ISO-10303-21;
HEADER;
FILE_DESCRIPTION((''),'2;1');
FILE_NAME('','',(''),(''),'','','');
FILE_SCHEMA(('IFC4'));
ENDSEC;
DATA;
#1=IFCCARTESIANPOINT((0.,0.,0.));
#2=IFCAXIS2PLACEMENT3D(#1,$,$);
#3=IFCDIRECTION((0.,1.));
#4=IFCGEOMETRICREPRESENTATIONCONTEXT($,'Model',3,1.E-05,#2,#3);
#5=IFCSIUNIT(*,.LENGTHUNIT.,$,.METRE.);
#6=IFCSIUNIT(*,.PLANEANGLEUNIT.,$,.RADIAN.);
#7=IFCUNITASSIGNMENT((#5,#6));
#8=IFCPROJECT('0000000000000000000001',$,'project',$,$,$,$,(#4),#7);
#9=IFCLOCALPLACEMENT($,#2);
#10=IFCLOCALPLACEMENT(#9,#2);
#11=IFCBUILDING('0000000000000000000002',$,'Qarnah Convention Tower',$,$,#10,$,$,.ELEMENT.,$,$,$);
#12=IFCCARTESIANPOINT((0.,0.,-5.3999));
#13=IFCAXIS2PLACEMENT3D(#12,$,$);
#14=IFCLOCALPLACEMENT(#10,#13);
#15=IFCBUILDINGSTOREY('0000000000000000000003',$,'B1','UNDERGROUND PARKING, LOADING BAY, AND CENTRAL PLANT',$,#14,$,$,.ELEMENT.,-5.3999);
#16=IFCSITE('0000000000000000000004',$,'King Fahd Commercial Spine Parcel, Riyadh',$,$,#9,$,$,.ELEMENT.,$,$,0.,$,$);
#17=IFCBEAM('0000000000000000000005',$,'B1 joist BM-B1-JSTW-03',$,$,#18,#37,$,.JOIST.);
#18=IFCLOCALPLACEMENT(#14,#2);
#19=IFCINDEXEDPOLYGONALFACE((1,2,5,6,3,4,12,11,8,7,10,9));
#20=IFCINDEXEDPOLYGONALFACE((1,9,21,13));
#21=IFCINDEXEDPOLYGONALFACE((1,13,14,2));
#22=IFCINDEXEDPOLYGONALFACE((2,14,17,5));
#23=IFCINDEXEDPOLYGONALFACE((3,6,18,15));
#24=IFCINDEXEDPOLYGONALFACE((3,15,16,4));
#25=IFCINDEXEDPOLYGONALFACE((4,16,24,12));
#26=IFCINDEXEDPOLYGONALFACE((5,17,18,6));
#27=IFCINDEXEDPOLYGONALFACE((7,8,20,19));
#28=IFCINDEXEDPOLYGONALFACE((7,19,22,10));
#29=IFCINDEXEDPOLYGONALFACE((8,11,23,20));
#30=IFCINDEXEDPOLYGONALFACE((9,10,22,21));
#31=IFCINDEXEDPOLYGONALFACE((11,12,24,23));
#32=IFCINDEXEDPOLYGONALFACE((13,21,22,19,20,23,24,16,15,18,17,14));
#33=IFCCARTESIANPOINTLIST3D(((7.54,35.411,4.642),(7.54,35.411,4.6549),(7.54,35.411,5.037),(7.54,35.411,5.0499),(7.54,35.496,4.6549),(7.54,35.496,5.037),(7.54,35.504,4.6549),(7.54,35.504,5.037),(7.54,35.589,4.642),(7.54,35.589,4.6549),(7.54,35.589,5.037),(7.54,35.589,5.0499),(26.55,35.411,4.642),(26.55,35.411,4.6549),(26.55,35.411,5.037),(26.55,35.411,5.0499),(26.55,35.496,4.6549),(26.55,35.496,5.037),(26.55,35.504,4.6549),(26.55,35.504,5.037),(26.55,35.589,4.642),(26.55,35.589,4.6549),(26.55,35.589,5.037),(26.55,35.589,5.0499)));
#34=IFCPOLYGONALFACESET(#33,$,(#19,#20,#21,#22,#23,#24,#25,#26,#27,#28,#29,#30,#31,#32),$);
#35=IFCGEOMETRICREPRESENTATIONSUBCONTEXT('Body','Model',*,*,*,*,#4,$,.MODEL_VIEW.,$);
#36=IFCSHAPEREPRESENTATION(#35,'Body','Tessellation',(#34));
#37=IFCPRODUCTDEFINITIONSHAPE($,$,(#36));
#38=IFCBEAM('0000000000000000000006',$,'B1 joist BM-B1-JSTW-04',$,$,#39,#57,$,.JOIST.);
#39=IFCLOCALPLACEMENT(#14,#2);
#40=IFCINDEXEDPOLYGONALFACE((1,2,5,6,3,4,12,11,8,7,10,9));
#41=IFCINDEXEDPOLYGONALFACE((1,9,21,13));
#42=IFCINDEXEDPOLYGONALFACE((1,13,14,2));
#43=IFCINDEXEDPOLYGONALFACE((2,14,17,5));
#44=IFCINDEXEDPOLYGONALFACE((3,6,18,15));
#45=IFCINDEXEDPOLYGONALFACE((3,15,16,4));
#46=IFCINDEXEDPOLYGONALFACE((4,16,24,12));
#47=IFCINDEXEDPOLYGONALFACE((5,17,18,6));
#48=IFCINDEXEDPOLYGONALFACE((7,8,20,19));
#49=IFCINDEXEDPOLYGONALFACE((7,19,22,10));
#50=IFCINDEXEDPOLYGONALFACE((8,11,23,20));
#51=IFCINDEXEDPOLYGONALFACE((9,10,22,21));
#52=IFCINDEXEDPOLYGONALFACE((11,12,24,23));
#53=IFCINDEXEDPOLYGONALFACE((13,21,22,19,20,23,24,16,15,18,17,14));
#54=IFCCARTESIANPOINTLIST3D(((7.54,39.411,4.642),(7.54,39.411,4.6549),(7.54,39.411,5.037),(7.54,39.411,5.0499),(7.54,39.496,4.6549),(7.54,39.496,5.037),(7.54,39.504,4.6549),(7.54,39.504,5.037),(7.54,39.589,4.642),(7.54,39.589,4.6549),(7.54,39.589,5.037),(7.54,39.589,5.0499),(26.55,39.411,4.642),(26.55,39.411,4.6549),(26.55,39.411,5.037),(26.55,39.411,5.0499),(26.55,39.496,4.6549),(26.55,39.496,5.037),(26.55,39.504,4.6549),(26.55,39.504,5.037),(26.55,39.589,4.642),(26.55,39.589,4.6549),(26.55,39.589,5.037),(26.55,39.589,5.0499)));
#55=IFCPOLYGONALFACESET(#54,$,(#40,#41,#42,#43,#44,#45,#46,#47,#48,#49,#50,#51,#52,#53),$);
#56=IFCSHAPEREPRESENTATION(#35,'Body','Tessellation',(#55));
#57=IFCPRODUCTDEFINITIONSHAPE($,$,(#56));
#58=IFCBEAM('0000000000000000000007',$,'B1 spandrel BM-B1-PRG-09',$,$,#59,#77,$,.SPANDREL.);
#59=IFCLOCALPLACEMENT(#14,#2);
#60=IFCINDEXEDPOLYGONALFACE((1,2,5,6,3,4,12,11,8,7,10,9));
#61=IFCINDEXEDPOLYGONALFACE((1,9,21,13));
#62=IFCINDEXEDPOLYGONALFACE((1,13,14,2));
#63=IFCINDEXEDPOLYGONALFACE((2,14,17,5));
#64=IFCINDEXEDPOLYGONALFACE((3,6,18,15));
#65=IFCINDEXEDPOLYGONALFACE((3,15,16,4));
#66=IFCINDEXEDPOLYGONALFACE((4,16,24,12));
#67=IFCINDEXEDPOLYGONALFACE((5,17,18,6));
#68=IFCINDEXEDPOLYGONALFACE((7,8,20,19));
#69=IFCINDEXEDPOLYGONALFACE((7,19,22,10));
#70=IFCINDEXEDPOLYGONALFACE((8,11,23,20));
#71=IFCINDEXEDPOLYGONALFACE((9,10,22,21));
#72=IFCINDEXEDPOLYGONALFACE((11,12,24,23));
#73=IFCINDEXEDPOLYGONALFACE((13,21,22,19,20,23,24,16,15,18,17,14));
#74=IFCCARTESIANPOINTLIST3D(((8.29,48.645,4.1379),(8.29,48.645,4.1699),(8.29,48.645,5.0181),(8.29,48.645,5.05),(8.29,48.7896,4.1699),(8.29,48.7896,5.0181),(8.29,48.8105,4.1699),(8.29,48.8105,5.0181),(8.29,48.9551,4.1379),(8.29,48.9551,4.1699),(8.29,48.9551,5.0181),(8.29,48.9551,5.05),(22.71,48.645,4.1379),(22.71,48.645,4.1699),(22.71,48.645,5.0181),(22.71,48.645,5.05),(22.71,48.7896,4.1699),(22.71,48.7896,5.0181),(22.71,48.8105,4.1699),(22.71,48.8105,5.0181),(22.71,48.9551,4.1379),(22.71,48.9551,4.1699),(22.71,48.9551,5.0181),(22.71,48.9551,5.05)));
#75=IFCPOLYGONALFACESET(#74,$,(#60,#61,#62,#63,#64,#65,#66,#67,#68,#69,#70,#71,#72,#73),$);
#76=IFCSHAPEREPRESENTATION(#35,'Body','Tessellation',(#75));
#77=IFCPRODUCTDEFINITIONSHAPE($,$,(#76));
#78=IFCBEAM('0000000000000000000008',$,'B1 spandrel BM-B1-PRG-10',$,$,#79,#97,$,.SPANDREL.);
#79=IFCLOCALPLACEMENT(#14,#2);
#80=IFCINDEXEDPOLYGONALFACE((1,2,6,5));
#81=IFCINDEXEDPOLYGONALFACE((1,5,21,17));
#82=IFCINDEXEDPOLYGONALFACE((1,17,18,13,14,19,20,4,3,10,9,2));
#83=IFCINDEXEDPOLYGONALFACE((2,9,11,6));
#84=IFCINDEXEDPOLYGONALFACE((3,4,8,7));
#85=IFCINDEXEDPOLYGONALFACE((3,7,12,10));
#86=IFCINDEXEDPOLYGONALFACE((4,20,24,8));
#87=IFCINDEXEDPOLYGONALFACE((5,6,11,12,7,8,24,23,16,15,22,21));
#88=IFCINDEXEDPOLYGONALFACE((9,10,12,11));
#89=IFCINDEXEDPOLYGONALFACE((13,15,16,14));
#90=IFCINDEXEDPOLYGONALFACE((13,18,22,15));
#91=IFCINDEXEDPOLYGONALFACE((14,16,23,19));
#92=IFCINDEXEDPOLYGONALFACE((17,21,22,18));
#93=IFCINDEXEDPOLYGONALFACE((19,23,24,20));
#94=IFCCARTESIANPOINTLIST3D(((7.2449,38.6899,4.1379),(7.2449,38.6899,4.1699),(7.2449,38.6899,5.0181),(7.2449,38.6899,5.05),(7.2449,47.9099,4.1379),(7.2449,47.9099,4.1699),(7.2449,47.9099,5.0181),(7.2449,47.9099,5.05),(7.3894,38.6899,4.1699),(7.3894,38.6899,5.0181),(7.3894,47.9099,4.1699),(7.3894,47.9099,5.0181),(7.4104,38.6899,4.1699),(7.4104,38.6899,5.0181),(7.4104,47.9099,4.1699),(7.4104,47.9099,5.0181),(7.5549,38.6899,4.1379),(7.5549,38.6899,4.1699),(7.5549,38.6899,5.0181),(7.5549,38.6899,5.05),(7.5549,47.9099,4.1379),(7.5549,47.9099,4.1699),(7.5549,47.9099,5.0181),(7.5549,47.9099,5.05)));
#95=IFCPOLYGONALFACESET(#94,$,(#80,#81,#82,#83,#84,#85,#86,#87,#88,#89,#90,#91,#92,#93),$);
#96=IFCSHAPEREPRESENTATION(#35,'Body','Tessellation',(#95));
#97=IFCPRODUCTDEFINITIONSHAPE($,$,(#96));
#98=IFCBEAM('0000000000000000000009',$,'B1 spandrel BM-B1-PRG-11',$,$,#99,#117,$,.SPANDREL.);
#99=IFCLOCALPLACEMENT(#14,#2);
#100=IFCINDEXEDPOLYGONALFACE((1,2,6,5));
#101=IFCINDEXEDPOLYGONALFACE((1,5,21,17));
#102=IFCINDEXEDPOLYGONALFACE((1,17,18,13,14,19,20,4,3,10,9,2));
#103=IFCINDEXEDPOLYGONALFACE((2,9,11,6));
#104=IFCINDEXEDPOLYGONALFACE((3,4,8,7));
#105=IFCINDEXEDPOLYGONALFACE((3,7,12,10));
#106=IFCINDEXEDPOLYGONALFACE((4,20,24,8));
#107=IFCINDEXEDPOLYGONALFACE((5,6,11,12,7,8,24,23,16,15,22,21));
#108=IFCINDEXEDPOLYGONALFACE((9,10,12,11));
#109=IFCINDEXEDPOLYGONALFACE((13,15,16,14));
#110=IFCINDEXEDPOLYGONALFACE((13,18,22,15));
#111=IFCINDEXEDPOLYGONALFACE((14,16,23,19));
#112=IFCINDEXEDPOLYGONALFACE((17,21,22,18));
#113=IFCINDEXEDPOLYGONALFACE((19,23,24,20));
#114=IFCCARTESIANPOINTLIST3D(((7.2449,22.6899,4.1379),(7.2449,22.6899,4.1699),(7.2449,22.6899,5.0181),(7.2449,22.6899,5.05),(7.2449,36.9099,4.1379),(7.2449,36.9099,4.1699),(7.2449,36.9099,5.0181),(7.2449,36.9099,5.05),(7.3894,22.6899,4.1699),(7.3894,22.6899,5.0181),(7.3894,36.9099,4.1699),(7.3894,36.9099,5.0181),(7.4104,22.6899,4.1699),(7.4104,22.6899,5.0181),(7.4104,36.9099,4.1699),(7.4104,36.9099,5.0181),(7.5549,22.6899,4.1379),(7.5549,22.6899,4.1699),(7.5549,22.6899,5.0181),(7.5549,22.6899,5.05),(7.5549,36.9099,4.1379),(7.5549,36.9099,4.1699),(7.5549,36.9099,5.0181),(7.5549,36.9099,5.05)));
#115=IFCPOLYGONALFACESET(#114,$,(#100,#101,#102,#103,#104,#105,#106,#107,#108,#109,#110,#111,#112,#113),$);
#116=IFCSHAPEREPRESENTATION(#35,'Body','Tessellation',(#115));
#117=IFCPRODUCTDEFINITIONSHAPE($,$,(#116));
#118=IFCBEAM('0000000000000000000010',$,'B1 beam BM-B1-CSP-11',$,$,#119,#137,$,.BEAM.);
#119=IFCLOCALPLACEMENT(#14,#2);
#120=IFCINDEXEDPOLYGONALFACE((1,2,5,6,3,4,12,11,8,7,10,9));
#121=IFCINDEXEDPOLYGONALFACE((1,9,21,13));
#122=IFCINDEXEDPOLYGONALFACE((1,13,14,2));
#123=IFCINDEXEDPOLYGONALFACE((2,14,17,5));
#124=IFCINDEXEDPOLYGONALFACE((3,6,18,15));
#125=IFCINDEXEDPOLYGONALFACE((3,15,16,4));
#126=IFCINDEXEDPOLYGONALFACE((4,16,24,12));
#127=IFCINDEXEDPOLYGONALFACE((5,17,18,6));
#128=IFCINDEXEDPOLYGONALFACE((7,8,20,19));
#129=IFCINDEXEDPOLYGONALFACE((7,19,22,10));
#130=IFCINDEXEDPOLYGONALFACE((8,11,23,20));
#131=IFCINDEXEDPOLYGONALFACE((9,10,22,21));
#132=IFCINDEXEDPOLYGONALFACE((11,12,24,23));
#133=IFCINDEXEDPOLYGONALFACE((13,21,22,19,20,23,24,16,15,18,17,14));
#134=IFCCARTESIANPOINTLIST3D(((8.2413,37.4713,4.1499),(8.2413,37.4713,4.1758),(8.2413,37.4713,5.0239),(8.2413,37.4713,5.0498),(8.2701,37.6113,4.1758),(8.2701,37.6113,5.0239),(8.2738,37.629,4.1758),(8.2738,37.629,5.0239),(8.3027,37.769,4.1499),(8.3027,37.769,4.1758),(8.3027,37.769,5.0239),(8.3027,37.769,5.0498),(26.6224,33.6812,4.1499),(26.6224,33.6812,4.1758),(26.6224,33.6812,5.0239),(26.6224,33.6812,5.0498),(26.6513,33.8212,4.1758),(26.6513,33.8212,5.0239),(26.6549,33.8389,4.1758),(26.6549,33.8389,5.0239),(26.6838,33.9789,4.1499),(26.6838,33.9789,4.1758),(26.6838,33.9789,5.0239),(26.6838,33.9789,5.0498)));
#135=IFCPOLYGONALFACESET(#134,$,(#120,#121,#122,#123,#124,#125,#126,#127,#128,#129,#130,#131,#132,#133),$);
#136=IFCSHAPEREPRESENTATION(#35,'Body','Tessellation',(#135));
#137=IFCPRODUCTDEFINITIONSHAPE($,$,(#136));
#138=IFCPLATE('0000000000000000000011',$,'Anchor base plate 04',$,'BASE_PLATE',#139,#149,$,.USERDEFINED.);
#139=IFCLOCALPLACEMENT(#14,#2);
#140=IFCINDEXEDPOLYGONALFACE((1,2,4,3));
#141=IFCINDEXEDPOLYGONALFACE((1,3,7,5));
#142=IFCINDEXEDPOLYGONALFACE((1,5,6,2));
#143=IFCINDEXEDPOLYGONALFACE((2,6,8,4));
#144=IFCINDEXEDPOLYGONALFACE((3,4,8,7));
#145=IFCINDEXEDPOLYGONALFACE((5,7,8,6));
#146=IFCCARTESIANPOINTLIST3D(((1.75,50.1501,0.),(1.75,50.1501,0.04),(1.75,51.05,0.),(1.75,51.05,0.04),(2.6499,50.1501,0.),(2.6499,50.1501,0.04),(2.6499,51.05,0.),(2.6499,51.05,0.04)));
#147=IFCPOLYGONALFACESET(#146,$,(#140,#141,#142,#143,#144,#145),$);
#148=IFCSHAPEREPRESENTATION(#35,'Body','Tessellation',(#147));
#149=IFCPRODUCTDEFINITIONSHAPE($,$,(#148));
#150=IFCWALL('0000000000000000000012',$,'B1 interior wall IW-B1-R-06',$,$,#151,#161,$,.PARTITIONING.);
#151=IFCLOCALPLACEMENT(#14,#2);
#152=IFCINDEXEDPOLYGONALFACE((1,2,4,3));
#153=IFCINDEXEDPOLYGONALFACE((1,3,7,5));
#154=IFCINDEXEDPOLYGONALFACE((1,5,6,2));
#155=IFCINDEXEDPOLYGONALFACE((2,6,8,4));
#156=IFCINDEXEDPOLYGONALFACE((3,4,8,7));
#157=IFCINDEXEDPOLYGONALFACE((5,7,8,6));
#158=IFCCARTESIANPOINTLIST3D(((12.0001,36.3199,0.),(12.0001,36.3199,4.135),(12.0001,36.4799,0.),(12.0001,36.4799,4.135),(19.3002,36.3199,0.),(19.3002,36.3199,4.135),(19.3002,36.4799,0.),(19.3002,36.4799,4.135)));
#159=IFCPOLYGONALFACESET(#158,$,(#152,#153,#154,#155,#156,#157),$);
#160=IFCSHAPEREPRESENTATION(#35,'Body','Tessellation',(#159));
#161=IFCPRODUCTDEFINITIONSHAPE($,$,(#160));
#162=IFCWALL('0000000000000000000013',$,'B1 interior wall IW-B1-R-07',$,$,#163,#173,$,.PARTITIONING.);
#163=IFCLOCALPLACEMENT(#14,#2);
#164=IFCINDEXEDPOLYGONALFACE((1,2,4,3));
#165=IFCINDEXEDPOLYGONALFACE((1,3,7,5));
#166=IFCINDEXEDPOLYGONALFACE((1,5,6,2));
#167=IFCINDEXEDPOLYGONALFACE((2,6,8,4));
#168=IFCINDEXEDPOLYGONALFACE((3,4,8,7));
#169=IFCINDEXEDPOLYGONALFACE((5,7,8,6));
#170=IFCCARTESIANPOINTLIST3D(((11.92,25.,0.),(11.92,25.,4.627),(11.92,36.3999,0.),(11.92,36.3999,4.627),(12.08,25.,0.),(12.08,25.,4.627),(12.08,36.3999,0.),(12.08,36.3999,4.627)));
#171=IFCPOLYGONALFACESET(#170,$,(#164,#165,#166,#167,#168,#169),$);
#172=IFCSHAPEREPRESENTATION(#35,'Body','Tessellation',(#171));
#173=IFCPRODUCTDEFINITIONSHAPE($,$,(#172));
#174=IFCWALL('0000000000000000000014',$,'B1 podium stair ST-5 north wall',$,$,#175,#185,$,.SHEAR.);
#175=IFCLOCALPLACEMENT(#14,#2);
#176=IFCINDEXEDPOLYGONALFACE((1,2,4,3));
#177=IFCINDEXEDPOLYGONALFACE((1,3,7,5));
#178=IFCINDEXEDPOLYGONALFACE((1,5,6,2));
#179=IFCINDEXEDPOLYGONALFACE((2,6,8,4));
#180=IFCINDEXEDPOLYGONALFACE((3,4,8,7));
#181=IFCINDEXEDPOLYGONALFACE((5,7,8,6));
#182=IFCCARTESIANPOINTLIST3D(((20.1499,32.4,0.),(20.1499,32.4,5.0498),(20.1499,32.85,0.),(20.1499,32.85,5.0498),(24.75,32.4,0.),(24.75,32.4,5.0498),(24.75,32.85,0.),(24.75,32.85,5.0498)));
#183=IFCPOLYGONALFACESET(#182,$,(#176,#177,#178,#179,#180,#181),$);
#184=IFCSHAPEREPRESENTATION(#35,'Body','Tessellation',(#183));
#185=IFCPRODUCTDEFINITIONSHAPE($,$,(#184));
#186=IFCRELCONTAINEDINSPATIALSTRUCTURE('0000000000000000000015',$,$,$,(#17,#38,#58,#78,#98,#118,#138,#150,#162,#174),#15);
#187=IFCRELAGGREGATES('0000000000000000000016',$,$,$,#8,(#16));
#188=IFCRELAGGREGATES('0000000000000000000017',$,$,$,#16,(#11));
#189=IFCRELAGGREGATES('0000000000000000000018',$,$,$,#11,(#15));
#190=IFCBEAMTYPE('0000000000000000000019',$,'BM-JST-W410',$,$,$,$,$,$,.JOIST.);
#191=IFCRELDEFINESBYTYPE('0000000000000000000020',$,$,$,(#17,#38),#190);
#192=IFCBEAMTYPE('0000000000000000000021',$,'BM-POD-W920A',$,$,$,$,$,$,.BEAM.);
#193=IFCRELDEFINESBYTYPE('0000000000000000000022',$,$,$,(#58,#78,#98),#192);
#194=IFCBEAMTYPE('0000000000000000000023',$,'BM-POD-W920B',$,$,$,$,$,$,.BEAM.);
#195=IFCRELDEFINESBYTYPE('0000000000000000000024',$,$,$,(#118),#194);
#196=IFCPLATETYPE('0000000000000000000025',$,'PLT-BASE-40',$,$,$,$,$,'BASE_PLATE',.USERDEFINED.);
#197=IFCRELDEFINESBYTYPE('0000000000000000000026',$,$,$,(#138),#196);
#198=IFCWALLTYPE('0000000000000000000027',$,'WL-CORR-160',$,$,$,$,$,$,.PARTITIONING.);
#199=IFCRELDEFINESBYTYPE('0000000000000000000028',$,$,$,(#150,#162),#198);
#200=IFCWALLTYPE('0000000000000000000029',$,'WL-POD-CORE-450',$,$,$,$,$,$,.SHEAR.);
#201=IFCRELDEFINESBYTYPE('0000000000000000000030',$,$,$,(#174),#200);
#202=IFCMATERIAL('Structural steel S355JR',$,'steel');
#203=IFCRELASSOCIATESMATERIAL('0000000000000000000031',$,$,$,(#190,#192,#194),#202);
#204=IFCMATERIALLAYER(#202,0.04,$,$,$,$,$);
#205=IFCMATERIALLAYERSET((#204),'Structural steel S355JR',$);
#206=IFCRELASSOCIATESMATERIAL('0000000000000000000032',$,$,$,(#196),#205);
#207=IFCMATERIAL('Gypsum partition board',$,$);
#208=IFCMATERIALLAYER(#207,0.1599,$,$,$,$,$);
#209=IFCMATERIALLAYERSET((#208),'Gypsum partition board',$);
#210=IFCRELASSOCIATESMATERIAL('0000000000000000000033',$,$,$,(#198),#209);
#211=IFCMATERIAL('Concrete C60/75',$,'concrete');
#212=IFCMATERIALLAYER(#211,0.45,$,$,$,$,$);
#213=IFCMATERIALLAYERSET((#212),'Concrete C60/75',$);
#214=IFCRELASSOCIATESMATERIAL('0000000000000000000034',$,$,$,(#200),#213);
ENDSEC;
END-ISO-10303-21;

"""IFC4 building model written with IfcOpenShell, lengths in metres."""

from ifc_helpers import new_model, si_unit, direction, frame, frame_2d, origin, origin_2d, place, context, subcontext, project, spatial, rectangle, i_section, extrude, material, layer, layer_set, material_profile, profile_set, type_object, element, save


model = new_model("IFC4")

# Units and contexts
model_context = context("Model", 3, precision=1e-05, world=origin(), true_north=direction((0.0, 1.0)))
body_context = subcontext(model_context, "Body", "Model", "MODEL_VIEW")
ifc_project = project(units=[si_unit("LENGTHUNIT", "METRE"), si_unit("PLANEANGLEUNIT", "RADIAN")], contexts=[model_context])

# Site, building, storey
site_placement = place(None, origin())
site = spatial("IfcSite", under=ifc_project, at=site_placement, Name="King Fahd Commercial Spine Parcel, Riyadh", CompositionType="ELEMENT", RefElevation=0.0)
building_placement = place(site_placement, origin())
building = spatial("IfcBuilding", under=site, at=building_placement, Name="Qarnah Convention Tower", CompositionType="ELEMENT")
storey_placement = place(building_placement, frame((0.0, 0.0, -5.3999)))
storey = spatial("IfcBuildingStorey", under=building, at=storey_placement, Name="B1", Description="UNDERGROUND PARKING, LOADING BAY, AND CENTRAL PLANT", CompositionType="ELEMENT", Elevation=-5.3999)

# Shared definitions
ifc_material_1 = material(Name="Concrete C60/75", Category="concrete")

# Beams
ifc_material_2 = material(Name="Structural steel S355JR", Category="steel")
ifc_material_profile_1 = material_profile(ifc_material_2, i_section(OverallWidth=0.178, OverallDepth=0.408, WebThickness=0.0081, FlangeThickness=0.0129, at=origin_2d()), Name="W410X60")
ifc_profile_set_1 = profile_set([ifc_material_profile_1], Name="Structural steel S355JR")
beam_type_1 = type_object("IfcBeamType", Name="BM-JST-W410", PredefinedType="JOIST", material=ifc_profile_set_1)
for number, where, z_axis, x_axis, name in (
    (1, (7.54, 35.5, 4.8459), (1.0, 0.0, 0.0), (0.0, 1.0, 0.0), "B1 joist BM-B1-JSTW-03"),
    (2, (7.54, 39.5, 4.8459), (1.0, 0.0, 0.0), (0.0, 1.0, 0.0), "B1 joist BM-B1-JSTW-04"),
):
    element("IfcBeam", number, at=place(storey_placement, frame(where, z_axis=z_axis, x_axis=x_axis)), inside=storey, type_object=beam_type_1, Name=name, PredefinedType="JOIST", context=body_context, shape_type="SweptSolid", body=[
        extrude(i_section(OverallWidth=0.178, OverallDepth=0.408, WebThickness=0.0081, FlangeThickness=0.0129, at=origin_2d()), origin(), (0.0, 0.0, 1.0), 19.01),
    ])
ifc_material_profile_2 = material_profile(ifc_material_2, i_section(OverallWidth=0.3101, OverallDepth=0.9121, WebThickness=0.021, FlangeThickness=0.032, at=origin_2d()), Name="W920X342")
ifc_profile_set_2 = profile_set([ifc_material_profile_2], Name="Structural steel S355JR")
beam_type_2 = type_object("IfcBeamType", Name="BM-POD-W920A", PredefinedType="BEAM", material=ifc_profile_set_2)
beam_1_placement = place(storey_placement, frame((22.71, 48.8, 4.594), z_axis=(-1.0, 0.0, 0.0), x_axis=(0.0, -1.0, 0.0)))
element("IfcBeam", 3, at=beam_1_placement, inside=storey, type_object=beam_type_2, Name="B1 spandrel BM-B1-PRG-09", PredefinedType="SPANDREL", context=body_context, shape_type="SweptSolid", body=[
    extrude(i_section(OverallWidth=0.3101, OverallDepth=0.9121, WebThickness=0.021, FlangeThickness=0.032, at=origin_2d()), origin(), (0.0, 0.0, 1.0), 14.4199),
])
beam_2_placement = place(storey_placement, frame((7.3999, 47.9099, 4.594), z_axis=(0.0, -1.0, 0.0), x_axis=(1.0, 0.0, 0.0)))
element("IfcBeam", 4, at=beam_2_placement, inside=storey, type_object=beam_type_2, Name="B1 spandrel BM-B1-PRG-10", PredefinedType="SPANDREL", context=body_context, shape_type="SweptSolid", body=[
    extrude(i_section(OverallWidth=0.3101, OverallDepth=0.9121, WebThickness=0.021, FlangeThickness=0.032, at=origin_2d()), origin(), (0.0, 0.0, 1.0), 9.22),
])
beam_3_placement = place(storey_placement, frame((7.3999, 36.9099, 4.594), z_axis=(0.0, -1.0, 0.0), x_axis=(1.0, 0.0, 0.0)))
element("IfcBeam", 5, at=beam_3_placement, inside=storey, type_object=beam_type_2, Name="B1 spandrel BM-B1-PRG-11", PredefinedType="SPANDREL", context=body_context, shape_type="SweptSolid", body=[
    extrude(i_section(OverallWidth=0.3101, OverallDepth=0.9121, WebThickness=0.021, FlangeThickness=0.032, at=origin_2d()), origin(), (0.0, 0.0, 1.0), 14.22),
])
ifc_material_profile_3 = material_profile(ifc_material_2, i_section(OverallWidth=0.304, OverallDepth=0.8999, WebThickness=0.0181, FlangeThickness=0.0259, at=origin_2d()), Name="W920X271")
ifc_profile_set_3 = profile_set([ifc_material_profile_3], Name="Structural steel S355JR")
beam_type_3 = type_object("IfcBeamType", Name="BM-POD-W920B", PredefinedType="BEAM", material=ifc_profile_set_3)
beam_4_placement = place(storey_placement, frame((8.272, 37.6201, 4.5999), z_axis=(0.979397, -0.201944, 0.0), x_axis=(0.201944, 0.979397, 0.0)))
element("IfcBeam", 6, at=beam_4_placement, inside=storey, type_object=beam_type_3, Name="B1 beam BM-B1-CSP-11", PredefinedType="BEAM", context=body_context, shape_type="SweptSolid", body=[
    extrude(i_section(OverallWidth=0.304, OverallDepth=0.8999, WebThickness=0.0181, FlangeThickness=0.0259, at=origin_2d()), origin(), (0.0, 0.0, 1.0), 18.7678),
])

# Plate
ifc_layer_1 = layer(ifc_material_2, 0.04)
ifc_layer_set_1 = layer_set([ifc_layer_1], Name="Structural steel S355JR")
plate_type = type_object("IfcPlateType", Name="PLT-BASE-40", ElementType="BASE_PLATE", PredefinedType="USERDEFINED", material=ifc_layer_set_1)
plate_placement = place(storey_placement, frame((2.2, 50.6001, 0.0), z_axis=(0.0, 0.0, 1.0), x_axis=(1.0, 0.0, 0.0)))
element("IfcPlate", 7, at=plate_placement, inside=storey, type_object=plate_type, Name="Anchor base plate 04", ObjectType="BASE_PLATE", PredefinedType="USERDEFINED", context=body_context, shape_type="SweptSolid", body=[
    extrude(rectangle(XDim=0.8999, YDim=0.8999, at=origin_2d()), origin(), (0.0, 0.0, 1.0), 0.04),
])

# Walls
ifc_material_3 = material(Name="Gypsum partition board")
ifc_layer_2 = layer(ifc_material_3, 0.1599)
ifc_layer_set_2 = layer_set([ifc_layer_2], Name="Gypsum partition board")
wall_type_1 = type_object("IfcWallType", Name="WL-CORR-160", PredefinedType="PARTITIONING", material=ifc_layer_set_2)
wall_1_placement = place(storey_placement, frame((19.3, 36.3999, 0.0), z_axis=(0.0, 0.0, 1.0), x_axis=(-1.0, 0.0, 0.0)))
element("IfcWall", 8, at=wall_1_placement, inside=storey, type_object=wall_type_1, Name="B1 interior wall IW-B1-R-06", PredefinedType="PARTITIONING", context=body_context, shape_type="SweptSolid", body=[
    extrude(rectangle(XDim=7.3, YDim=0.1599, at=frame_2d((3.6499, 0.0))), origin(), (0.0, 0.0, 1.0), 4.135),
])
wall_2_placement = place(storey_placement, frame((12.0, 36.3999, 0.0), z_axis=(0.0, 0.0, 1.0), x_axis=(0.0, -1.0, 0.0)))
element("IfcWall", 9, at=wall_2_placement, inside=storey, type_object=wall_type_1, Name="B1 interior wall IW-B1-R-07", PredefinedType="PARTITIONING", context=body_context, shape_type="SweptSolid", body=[
    extrude(rectangle(XDim=11.3999, YDim=0.1599, at=frame_2d((5.7, 0.0))), origin(), (0.0, 0.0, 1.0), 4.627),
])
ifc_layer_3 = layer(ifc_material_1, 0.45)
ifc_layer_set_3 = layer_set([ifc_layer_3], Name="Concrete C60/75")
wall_type_2 = type_object("IfcWallType", Name="WL-POD-CORE-450", PredefinedType="SHEAR", material=ifc_layer_set_3)
wall_3_placement = place(storey_placement, frame((20.1499, 32.625, 0.0), z_axis=(0.0, 0.0, 1.0), x_axis=(1.0, 0.0, 0.0)))
element("IfcWall", 10, at=wall_3_placement, inside=storey, type_object=wall_type_2, Name="B1 podium stair ST-5 north wall", PredefinedType="SHEAR", context=body_context, shape_type="SweptSolid", body=[
    extrude(rectangle(XDim=4.6001, YDim=0.45, at=frame_2d((2.3, 0.0))), origin(), (0.0, 0.0, 1.0), 5.0498),
])

save(model, "model.ifc")
